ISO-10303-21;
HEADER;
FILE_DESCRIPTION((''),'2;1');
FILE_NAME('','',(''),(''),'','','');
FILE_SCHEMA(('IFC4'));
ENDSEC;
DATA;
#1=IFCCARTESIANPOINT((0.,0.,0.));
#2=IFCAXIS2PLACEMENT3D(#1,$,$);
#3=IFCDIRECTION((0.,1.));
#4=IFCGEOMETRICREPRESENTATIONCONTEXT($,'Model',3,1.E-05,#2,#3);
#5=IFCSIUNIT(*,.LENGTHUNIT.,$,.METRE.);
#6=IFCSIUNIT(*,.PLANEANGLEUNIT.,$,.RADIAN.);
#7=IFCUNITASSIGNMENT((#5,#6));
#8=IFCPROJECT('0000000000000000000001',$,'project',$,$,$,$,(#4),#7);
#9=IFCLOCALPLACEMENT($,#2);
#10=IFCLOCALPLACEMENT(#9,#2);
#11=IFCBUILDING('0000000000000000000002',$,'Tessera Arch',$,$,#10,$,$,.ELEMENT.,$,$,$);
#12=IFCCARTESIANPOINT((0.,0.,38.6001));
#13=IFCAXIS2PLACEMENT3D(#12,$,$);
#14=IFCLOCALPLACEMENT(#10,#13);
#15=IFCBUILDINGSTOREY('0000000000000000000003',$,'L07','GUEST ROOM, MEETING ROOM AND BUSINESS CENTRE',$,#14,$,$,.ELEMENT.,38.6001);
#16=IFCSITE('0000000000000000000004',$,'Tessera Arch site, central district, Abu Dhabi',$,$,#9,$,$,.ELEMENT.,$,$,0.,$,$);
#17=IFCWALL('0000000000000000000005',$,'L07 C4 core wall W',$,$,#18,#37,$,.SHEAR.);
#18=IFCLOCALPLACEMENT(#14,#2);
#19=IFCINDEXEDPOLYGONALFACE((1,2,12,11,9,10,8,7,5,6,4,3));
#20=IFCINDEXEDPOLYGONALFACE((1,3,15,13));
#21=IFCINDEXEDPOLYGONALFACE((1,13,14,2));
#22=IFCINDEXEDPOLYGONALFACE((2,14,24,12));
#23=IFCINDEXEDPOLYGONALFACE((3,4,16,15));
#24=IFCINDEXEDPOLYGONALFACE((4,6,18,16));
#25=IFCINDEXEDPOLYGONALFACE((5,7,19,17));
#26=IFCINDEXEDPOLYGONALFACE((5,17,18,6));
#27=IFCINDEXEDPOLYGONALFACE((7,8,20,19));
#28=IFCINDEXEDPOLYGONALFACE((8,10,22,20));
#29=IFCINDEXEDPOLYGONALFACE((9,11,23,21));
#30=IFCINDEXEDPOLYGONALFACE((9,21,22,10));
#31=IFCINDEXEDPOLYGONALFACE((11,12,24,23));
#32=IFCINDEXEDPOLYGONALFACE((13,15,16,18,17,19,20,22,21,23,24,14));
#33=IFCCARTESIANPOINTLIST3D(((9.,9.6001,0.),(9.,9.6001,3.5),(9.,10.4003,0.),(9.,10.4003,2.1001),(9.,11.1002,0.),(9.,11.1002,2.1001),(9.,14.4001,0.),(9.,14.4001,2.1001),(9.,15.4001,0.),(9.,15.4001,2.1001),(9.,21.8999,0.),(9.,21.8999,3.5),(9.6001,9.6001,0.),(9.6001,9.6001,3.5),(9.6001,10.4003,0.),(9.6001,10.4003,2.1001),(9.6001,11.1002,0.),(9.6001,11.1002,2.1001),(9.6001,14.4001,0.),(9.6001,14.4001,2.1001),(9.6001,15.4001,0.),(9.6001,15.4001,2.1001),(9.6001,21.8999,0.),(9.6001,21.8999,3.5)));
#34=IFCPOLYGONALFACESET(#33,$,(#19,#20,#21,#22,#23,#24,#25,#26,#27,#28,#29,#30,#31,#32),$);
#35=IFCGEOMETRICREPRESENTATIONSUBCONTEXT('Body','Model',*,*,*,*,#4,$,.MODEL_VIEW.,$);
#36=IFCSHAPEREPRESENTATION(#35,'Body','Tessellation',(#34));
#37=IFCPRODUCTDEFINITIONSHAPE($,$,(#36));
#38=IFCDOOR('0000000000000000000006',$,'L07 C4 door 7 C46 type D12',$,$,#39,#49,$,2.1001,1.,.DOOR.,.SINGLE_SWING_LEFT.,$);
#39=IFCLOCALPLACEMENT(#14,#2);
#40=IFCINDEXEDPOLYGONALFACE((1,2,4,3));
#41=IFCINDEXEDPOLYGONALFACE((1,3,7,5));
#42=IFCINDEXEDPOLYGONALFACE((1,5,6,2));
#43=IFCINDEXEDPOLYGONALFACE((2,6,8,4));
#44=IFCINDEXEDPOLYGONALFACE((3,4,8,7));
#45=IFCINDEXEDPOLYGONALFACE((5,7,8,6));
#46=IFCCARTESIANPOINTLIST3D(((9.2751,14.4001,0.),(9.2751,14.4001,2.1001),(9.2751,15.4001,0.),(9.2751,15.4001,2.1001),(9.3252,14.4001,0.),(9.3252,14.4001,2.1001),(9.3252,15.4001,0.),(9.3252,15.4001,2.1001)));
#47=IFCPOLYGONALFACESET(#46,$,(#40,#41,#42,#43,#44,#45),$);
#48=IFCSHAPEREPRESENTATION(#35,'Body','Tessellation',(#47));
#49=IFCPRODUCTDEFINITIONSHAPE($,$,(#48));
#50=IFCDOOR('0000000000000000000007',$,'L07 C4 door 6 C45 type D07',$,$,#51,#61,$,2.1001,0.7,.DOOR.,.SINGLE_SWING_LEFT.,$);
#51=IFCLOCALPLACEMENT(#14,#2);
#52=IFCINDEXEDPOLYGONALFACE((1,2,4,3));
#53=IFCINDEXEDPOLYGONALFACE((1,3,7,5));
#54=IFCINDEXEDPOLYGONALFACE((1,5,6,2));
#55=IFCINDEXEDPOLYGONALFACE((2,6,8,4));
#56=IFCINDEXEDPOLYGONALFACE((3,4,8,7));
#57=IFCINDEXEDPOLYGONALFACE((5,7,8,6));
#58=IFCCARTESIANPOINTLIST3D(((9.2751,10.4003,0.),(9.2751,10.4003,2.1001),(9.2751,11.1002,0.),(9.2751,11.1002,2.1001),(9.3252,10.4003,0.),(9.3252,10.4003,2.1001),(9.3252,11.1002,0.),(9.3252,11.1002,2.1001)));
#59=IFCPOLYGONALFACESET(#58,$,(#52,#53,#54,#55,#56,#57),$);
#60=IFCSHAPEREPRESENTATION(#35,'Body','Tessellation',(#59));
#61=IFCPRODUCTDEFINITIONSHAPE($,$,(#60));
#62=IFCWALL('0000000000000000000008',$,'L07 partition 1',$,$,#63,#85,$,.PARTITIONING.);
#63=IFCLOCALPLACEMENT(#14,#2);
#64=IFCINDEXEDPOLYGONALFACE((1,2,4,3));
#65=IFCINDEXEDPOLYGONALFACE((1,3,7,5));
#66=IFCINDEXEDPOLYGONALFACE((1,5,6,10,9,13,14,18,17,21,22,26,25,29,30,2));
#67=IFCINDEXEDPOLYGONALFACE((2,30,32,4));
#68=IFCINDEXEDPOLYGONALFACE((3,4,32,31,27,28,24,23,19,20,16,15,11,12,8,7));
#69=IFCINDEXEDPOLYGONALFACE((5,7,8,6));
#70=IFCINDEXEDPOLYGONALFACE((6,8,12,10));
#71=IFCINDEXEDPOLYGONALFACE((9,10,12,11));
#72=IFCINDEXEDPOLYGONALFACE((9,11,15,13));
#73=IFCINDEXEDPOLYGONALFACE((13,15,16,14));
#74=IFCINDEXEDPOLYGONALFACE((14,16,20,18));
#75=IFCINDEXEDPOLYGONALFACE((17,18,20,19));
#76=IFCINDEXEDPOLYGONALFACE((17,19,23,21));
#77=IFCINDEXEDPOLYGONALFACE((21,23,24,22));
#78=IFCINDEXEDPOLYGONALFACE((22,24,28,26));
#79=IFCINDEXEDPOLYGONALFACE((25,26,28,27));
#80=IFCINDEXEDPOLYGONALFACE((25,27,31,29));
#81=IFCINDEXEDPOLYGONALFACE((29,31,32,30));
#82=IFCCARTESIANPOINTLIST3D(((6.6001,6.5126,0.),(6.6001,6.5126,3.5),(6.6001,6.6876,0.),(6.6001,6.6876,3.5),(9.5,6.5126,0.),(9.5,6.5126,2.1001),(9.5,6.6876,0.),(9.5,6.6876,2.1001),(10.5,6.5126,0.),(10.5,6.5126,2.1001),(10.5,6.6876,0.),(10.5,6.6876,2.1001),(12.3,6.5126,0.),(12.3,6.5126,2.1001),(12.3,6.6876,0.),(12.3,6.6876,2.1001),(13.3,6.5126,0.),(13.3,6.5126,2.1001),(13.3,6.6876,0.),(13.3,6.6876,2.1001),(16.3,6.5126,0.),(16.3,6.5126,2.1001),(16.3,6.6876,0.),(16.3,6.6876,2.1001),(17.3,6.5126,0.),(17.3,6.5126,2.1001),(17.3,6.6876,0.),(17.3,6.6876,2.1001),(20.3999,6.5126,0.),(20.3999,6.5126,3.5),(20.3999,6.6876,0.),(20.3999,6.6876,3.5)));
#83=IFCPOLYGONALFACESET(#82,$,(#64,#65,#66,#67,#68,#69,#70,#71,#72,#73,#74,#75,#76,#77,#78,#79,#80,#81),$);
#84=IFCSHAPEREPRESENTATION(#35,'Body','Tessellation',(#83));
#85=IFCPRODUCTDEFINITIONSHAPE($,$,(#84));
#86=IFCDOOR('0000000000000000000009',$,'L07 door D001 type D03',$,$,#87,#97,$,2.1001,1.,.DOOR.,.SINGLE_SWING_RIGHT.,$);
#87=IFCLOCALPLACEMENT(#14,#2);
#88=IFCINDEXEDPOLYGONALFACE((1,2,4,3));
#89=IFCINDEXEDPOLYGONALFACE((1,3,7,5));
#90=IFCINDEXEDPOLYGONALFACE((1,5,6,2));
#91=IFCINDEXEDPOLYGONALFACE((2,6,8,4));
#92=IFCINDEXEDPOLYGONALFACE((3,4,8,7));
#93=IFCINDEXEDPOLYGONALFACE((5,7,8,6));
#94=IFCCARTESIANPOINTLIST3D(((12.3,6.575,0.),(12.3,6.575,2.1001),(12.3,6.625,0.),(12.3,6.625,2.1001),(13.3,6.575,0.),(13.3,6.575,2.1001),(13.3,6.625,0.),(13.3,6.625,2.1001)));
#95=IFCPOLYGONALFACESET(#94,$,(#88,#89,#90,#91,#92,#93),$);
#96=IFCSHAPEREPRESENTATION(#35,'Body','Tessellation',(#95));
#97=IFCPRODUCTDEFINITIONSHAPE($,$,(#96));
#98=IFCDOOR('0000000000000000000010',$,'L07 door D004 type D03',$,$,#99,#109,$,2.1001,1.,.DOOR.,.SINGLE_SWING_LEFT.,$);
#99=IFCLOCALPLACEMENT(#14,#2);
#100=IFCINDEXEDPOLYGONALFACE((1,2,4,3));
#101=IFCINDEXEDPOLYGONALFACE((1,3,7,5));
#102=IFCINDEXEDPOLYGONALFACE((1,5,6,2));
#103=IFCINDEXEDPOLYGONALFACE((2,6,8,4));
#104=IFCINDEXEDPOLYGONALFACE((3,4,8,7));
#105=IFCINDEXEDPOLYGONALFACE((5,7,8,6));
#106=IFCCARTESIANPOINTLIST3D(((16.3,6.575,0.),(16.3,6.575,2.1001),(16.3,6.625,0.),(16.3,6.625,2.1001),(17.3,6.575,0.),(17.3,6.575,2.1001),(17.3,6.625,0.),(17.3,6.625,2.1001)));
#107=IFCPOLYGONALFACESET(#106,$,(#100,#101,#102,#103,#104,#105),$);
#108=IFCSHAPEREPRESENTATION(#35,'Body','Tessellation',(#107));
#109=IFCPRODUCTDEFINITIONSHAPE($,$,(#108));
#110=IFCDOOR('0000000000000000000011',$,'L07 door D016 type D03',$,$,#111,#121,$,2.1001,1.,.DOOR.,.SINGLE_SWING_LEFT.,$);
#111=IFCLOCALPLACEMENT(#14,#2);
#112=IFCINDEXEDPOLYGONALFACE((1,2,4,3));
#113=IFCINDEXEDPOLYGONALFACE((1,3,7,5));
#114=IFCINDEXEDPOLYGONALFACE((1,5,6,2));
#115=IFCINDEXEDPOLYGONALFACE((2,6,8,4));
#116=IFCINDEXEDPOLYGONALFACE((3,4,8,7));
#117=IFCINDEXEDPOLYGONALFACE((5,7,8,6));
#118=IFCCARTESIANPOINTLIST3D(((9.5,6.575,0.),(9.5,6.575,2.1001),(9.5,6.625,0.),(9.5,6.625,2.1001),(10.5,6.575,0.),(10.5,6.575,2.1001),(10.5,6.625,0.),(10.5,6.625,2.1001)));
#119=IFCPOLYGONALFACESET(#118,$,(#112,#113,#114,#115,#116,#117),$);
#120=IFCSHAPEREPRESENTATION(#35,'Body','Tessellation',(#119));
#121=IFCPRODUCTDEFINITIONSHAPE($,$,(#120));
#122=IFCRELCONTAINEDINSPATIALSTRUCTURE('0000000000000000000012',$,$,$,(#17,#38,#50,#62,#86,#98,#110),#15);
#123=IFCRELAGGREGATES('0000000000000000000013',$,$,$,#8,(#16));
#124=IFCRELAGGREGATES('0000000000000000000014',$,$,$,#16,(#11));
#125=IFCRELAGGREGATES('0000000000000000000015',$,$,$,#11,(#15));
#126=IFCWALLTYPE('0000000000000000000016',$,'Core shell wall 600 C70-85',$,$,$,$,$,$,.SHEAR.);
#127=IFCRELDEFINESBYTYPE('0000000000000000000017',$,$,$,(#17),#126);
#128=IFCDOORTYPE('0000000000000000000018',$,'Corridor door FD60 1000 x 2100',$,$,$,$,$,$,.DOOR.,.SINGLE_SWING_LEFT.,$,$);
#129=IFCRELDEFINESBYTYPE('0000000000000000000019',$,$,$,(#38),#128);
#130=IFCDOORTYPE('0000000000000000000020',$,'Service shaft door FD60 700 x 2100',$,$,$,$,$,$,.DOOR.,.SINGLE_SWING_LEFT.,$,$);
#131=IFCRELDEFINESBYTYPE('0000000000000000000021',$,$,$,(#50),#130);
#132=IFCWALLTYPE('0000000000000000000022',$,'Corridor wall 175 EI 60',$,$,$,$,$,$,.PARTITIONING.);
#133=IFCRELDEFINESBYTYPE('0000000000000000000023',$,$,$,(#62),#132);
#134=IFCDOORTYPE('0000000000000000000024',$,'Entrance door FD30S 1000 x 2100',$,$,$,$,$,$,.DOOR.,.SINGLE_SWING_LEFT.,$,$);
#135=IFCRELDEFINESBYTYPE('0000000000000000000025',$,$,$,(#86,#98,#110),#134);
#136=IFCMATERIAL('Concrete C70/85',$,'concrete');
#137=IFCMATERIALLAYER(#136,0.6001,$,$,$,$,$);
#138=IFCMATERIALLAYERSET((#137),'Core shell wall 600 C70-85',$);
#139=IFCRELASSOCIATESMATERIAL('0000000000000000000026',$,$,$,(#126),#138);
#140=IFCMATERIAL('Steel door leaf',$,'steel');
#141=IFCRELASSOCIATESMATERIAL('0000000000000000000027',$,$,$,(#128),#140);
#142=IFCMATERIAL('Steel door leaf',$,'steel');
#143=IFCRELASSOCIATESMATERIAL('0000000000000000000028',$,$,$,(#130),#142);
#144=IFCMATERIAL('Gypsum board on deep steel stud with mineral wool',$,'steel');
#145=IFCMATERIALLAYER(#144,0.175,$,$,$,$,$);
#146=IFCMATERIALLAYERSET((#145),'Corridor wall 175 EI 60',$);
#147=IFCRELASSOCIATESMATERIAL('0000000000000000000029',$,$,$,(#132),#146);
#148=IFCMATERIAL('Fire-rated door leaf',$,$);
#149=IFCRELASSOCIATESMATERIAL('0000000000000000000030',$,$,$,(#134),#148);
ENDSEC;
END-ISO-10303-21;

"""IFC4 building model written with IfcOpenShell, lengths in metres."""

from ifc_helpers import new_model, si_unit, direction, frame, frame_2d, origin, place, context, subcontext, project, spatial, rectangle, extrude, material, layer, layer_set, type_object, element, fill, save


model = new_model("IFC4")

# Units and contexts
model_context = context("Model", 3, precision=1e-05, world=origin(), true_north=direction((0.0, 1.0)))
body_context = subcontext(model_context, "Body", "Model", "MODEL_VIEW")
ifc_project = project(units=[si_unit("LENGTHUNIT", "METRE"), si_unit("PLANEANGLEUNIT", "RADIAN")], contexts=[model_context])

# Site, building, storey
site_placement = place(None, origin())
site = spatial("IfcSite", under=ifc_project, at=site_placement, Name="Tessera Arch site, central district, Abu Dhabi", CompositionType="ELEMENT", RefElevation=0.0)
building_placement = place(site_placement, origin())
building = spatial("IfcBuilding", under=site, at=building_placement, Name="Tessera Arch", CompositionType="ELEMENT")
storey_placement = place(building_placement, frame((0.0, 0.0, 38.6001)))
storey = spatial("IfcBuildingStorey", under=building, at=storey_placement, Name="L07", Description="GUEST ROOM, MEETING ROOM AND BUSINESS CENTRE", CompositionType="ELEMENT", Elevation=38.6001)

# Shared definitions
ifc_material_1 = material(Name="Concrete C70/85", Category="concrete")
ifc_layer_1 = layer(ifc_material_1, 0.6001)
ifc_layer_set_1 = layer_set([ifc_layer_1], Name="Core shell wall 600 C70-85")
wall_type_1 = type_object("IfcWallType", Name="Core shell wall 600 C70-85", PredefinedType="SHEAR", material=ifc_layer_set_1)

# Walls, openings, doors
wall_1_placement = place(storey_placement, frame((9.3, 9.6001, 0.0), z_axis=(0.0, 0.0, 1.0), x_axis=(0.0, 1.0, 0.0)))
wall_1 = element("IfcWall", 1, at=wall_1_placement, inside=storey, type_object=wall_type_1, Name="L07 C4 core wall W", PredefinedType="SHEAR", context=body_context, shape_type="SweptSolid", body=[
    extrude(rectangle(XDim=12.2998, YDim=0.6001, at=frame_2d((6.1499, 0.0))), origin(), (0.0, 0.0, 1.0), 3.5),
])
opening_1_placement = place(wall_1_placement, frame((0.8, 0.0, 0.0)))
opening_1 = element("IfcOpeningElement", 2, at=opening_1_placement, cuts=wall_1, PredefinedType="OPENING", context=body_context, shape_type="SweptSolid", body=[
    extrude(rectangle(XDim=0.7, YDim=2.1001, at=frame_2d((0.3501, 1.05))), frame((0.0, 0.3101, 0.0), z_axis=(0.0, -1.0, 0.0), x_axis=(1.0, 0.0, 0.0)), (0.0, 0.0, 1.0), 0.6201),
])
opening_2_placement = place(wall_1_placement, frame((4.8, 0.0, 0.0)))
opening_2 = element("IfcOpeningElement", 3, at=opening_2_placement, cuts=wall_1, PredefinedType="OPENING", context=body_context, shape_type="SweptSolid", body=[
    extrude(rectangle(XDim=1.0, YDim=2.1001, at=frame_2d((0.5, 1.05))), frame((0.0, 0.3101, 0.0), z_axis=(0.0, -1.0, 0.0), x_axis=(1.0, 0.0, 0.0)), (0.0, 0.0, 1.0), 0.6201),
])
ifc_material_2 = material(Name="Steel door leaf", Category="steel")
door_type_1 = type_object("IfcDoorType", Name="Corridor door FD60 1000 x 2100", OperationType="SINGLE_SWING_LEFT", PredefinedType="DOOR", material=ifc_material_2)
door_1_placement = place(opening_2_placement, origin())
door_1 = element("IfcDoor", 4, at=door_1_placement, inside=storey, type_object=door_type_1, Name="L07 C4 door 7 C46 type D12", OperationType="SINGLE_SWING_LEFT", OverallHeight=2.1001, OverallWidth=1.0, PredefinedType="DOOR", context=body_context, shape_type="SweptSolid", body=[
    extrude(rectangle(XDim=1.0, YDim=2.1001, at=frame_2d((0.5, 1.05))), frame((0.0, 0.0249, 0.0), z_axis=(0.0, -1.0, 0.0), x_axis=(1.0, 0.0, 0.0)), (0.0, 0.0, 1.0), 0.05),
])
fill(opening_2, door_1)
ifc_material_3 = material(Name="Steel door leaf", Category="steel")
door_type_2 = type_object("IfcDoorType", Name="Service shaft door FD60 700 x 2100", OperationType="SINGLE_SWING_LEFT", PredefinedType="DOOR", material=ifc_material_3)
door_2_placement = place(opening_1_placement, origin())
door_2 = element("IfcDoor", 5, at=door_2_placement, inside=storey, type_object=door_type_2, Name="L07 C4 door 6 C45 type D07", OperationType="SINGLE_SWING_LEFT", OverallHeight=2.1001, OverallWidth=0.7, PredefinedType="DOOR", context=body_context, shape_type="SweptSolid", body=[
    extrude(rectangle(XDim=0.7, YDim=2.1001, at=frame_2d((0.3501, 1.05))), frame((0.0, 0.0249, 0.0), z_axis=(0.0, -1.0, 0.0), x_axis=(1.0, 0.0, 0.0)), (0.0, 0.0, 1.0), 0.05),
])
fill(opening_1, door_2)
ifc_material_4 = material(Name="Gypsum board on deep steel stud with mineral wool", Category="steel")
ifc_layer_2 = layer(ifc_material_4, 0.175)
ifc_layer_set_2 = layer_set([ifc_layer_2], Name="Corridor wall 175 EI 60")
wall_type_2 = type_object("IfcWallType", Name="Corridor wall 175 EI 60", PredefinedType="PARTITIONING", material=ifc_layer_set_2)
wall_2_placement = place(storey_placement, frame((6.6001, 6.6001, 0.0), z_axis=(0.0, 0.0, 1.0), x_axis=(1.0, 0.0, 0.0)))
wall_2 = element("IfcWall", 6, at=wall_2_placement, inside=storey, type_object=wall_type_2, Name="L07 partition 1", PredefinedType="PARTITIONING", context=body_context, shape_type="SweptSolid", body=[
    extrude(rectangle(XDim=13.7998, YDim=0.175, at=frame_2d((6.8999, 0.0))), origin(), (0.0, 0.0, 1.0), 3.5),
])
opening_3_placement = place(wall_2_placement, frame((5.7, 0.0, 0.0)))
opening_3 = element("IfcOpeningElement", 7, at=opening_3_placement, cuts=wall_2, PredefinedType="OPENING", context=body_context, shape_type="SweptSolid", body=[
    extrude(rectangle(XDim=1.0, YDim=2.1001, at=frame_2d((0.5, 1.05))), frame((0.0, 0.0974, 0.0), z_axis=(0.0, -1.0, 0.0), x_axis=(1.0, 0.0, 0.0)), (0.0, 0.0, 1.0), 0.1951),
])
opening_4_placement = place(wall_2_placement, frame((9.7, 0.0, 0.0)))
opening_4 = element("IfcOpeningElement", 8, at=opening_4_placement, cuts=wall_2, PredefinedType="OPENING", context=body_context, shape_type="SweptSolid", body=[
    extrude(rectangle(XDim=1.0, YDim=2.1001, at=frame_2d((0.5, 1.05))), frame((0.0, 0.0974, 0.0), z_axis=(0.0, -1.0, 0.0), x_axis=(1.0, 0.0, 0.0)), (0.0, 0.0, 1.0), 0.1951),
])
opening_5_placement = place(wall_2_placement, frame((2.8999, 0.0, 0.0)))
opening_5 = element("IfcOpeningElement", 9, at=opening_5_placement, cuts=wall_2, PredefinedType="OPENING", context=body_context, shape_type="SweptSolid", body=[
    extrude(rectangle(XDim=1.0, YDim=2.1001, at=frame_2d((0.5, 1.05))), frame((0.0, 0.0974, 0.0), z_axis=(0.0, -1.0, 0.0), x_axis=(1.0, 0.0, 0.0)), (0.0, 0.0, 1.0), 0.1951),
])
ifc_material_5 = material(Name="Fire-rated door leaf")
door_type_3 = type_object("IfcDoorType", Name="Entrance door FD30S 1000 x 2100", OperationType="SINGLE_SWING_LEFT", PredefinedType="DOOR", material=ifc_material_5)
door_3_placement = place(opening_3_placement, origin())
door_3 = element("IfcDoor", 10, at=door_3_placement, inside=storey, type_object=door_type_3, Name="L07 door D001 type D03", OperationType="SINGLE_SWING_RIGHT", OverallHeight=2.1001, OverallWidth=1.0, PredefinedType="DOOR", context=body_context, shape_type="SweptSolid", body=[
    extrude(rectangle(XDim=1.0, YDim=2.1001, at=frame_2d((0.5, 1.05))), frame((0.0, 0.0249, 0.0), z_axis=(0.0, -1.0, 0.0), x_axis=(1.0, 0.0, 0.0)), (0.0, 0.0, 1.0), 0.05),
])
fill(opening_3, door_3)
door_4_placement = place(opening_4_placement, origin())
door_4 = element("IfcDoor", 11, at=door_4_placement, inside=storey, type_object=door_type_3, Name="L07 door D004 type D03", OperationType="SINGLE_SWING_LEFT", OverallHeight=2.1001, OverallWidth=1.0, PredefinedType="DOOR", context=body_context, shape_type="SweptSolid", body=[
    extrude(rectangle(XDim=1.0, YDim=2.1001, at=frame_2d((0.5, 1.05))), frame((0.0, 0.0249, 0.0), z_axis=(0.0, -1.0, 0.0), x_axis=(1.0, 0.0, 0.0)), (0.0, 0.0, 1.0), 0.05),
])
fill(opening_4, door_4)
door_5_placement = place(opening_5_placement, origin())
door_5 = element("IfcDoor", 12, at=door_5_placement, inside=storey, type_object=door_type_3, Name="L07 door D016 type D03", OperationType="SINGLE_SWING_LEFT", OverallHeight=2.1001, OverallWidth=1.0, PredefinedType="DOOR", context=body_context, shape_type="SweptSolid", body=[
    extrude(rectangle(XDim=1.0, YDim=2.1001, at=frame_2d((0.5, 1.05))), frame((0.0, 0.0249, 0.0), z_axis=(0.0, -1.0, 0.0), x_axis=(1.0, 0.0, 0.0)), (0.0, 0.0, 1.0), 0.05),
])
fill(opening_5, door_5)

save(model, "model.ifc")
